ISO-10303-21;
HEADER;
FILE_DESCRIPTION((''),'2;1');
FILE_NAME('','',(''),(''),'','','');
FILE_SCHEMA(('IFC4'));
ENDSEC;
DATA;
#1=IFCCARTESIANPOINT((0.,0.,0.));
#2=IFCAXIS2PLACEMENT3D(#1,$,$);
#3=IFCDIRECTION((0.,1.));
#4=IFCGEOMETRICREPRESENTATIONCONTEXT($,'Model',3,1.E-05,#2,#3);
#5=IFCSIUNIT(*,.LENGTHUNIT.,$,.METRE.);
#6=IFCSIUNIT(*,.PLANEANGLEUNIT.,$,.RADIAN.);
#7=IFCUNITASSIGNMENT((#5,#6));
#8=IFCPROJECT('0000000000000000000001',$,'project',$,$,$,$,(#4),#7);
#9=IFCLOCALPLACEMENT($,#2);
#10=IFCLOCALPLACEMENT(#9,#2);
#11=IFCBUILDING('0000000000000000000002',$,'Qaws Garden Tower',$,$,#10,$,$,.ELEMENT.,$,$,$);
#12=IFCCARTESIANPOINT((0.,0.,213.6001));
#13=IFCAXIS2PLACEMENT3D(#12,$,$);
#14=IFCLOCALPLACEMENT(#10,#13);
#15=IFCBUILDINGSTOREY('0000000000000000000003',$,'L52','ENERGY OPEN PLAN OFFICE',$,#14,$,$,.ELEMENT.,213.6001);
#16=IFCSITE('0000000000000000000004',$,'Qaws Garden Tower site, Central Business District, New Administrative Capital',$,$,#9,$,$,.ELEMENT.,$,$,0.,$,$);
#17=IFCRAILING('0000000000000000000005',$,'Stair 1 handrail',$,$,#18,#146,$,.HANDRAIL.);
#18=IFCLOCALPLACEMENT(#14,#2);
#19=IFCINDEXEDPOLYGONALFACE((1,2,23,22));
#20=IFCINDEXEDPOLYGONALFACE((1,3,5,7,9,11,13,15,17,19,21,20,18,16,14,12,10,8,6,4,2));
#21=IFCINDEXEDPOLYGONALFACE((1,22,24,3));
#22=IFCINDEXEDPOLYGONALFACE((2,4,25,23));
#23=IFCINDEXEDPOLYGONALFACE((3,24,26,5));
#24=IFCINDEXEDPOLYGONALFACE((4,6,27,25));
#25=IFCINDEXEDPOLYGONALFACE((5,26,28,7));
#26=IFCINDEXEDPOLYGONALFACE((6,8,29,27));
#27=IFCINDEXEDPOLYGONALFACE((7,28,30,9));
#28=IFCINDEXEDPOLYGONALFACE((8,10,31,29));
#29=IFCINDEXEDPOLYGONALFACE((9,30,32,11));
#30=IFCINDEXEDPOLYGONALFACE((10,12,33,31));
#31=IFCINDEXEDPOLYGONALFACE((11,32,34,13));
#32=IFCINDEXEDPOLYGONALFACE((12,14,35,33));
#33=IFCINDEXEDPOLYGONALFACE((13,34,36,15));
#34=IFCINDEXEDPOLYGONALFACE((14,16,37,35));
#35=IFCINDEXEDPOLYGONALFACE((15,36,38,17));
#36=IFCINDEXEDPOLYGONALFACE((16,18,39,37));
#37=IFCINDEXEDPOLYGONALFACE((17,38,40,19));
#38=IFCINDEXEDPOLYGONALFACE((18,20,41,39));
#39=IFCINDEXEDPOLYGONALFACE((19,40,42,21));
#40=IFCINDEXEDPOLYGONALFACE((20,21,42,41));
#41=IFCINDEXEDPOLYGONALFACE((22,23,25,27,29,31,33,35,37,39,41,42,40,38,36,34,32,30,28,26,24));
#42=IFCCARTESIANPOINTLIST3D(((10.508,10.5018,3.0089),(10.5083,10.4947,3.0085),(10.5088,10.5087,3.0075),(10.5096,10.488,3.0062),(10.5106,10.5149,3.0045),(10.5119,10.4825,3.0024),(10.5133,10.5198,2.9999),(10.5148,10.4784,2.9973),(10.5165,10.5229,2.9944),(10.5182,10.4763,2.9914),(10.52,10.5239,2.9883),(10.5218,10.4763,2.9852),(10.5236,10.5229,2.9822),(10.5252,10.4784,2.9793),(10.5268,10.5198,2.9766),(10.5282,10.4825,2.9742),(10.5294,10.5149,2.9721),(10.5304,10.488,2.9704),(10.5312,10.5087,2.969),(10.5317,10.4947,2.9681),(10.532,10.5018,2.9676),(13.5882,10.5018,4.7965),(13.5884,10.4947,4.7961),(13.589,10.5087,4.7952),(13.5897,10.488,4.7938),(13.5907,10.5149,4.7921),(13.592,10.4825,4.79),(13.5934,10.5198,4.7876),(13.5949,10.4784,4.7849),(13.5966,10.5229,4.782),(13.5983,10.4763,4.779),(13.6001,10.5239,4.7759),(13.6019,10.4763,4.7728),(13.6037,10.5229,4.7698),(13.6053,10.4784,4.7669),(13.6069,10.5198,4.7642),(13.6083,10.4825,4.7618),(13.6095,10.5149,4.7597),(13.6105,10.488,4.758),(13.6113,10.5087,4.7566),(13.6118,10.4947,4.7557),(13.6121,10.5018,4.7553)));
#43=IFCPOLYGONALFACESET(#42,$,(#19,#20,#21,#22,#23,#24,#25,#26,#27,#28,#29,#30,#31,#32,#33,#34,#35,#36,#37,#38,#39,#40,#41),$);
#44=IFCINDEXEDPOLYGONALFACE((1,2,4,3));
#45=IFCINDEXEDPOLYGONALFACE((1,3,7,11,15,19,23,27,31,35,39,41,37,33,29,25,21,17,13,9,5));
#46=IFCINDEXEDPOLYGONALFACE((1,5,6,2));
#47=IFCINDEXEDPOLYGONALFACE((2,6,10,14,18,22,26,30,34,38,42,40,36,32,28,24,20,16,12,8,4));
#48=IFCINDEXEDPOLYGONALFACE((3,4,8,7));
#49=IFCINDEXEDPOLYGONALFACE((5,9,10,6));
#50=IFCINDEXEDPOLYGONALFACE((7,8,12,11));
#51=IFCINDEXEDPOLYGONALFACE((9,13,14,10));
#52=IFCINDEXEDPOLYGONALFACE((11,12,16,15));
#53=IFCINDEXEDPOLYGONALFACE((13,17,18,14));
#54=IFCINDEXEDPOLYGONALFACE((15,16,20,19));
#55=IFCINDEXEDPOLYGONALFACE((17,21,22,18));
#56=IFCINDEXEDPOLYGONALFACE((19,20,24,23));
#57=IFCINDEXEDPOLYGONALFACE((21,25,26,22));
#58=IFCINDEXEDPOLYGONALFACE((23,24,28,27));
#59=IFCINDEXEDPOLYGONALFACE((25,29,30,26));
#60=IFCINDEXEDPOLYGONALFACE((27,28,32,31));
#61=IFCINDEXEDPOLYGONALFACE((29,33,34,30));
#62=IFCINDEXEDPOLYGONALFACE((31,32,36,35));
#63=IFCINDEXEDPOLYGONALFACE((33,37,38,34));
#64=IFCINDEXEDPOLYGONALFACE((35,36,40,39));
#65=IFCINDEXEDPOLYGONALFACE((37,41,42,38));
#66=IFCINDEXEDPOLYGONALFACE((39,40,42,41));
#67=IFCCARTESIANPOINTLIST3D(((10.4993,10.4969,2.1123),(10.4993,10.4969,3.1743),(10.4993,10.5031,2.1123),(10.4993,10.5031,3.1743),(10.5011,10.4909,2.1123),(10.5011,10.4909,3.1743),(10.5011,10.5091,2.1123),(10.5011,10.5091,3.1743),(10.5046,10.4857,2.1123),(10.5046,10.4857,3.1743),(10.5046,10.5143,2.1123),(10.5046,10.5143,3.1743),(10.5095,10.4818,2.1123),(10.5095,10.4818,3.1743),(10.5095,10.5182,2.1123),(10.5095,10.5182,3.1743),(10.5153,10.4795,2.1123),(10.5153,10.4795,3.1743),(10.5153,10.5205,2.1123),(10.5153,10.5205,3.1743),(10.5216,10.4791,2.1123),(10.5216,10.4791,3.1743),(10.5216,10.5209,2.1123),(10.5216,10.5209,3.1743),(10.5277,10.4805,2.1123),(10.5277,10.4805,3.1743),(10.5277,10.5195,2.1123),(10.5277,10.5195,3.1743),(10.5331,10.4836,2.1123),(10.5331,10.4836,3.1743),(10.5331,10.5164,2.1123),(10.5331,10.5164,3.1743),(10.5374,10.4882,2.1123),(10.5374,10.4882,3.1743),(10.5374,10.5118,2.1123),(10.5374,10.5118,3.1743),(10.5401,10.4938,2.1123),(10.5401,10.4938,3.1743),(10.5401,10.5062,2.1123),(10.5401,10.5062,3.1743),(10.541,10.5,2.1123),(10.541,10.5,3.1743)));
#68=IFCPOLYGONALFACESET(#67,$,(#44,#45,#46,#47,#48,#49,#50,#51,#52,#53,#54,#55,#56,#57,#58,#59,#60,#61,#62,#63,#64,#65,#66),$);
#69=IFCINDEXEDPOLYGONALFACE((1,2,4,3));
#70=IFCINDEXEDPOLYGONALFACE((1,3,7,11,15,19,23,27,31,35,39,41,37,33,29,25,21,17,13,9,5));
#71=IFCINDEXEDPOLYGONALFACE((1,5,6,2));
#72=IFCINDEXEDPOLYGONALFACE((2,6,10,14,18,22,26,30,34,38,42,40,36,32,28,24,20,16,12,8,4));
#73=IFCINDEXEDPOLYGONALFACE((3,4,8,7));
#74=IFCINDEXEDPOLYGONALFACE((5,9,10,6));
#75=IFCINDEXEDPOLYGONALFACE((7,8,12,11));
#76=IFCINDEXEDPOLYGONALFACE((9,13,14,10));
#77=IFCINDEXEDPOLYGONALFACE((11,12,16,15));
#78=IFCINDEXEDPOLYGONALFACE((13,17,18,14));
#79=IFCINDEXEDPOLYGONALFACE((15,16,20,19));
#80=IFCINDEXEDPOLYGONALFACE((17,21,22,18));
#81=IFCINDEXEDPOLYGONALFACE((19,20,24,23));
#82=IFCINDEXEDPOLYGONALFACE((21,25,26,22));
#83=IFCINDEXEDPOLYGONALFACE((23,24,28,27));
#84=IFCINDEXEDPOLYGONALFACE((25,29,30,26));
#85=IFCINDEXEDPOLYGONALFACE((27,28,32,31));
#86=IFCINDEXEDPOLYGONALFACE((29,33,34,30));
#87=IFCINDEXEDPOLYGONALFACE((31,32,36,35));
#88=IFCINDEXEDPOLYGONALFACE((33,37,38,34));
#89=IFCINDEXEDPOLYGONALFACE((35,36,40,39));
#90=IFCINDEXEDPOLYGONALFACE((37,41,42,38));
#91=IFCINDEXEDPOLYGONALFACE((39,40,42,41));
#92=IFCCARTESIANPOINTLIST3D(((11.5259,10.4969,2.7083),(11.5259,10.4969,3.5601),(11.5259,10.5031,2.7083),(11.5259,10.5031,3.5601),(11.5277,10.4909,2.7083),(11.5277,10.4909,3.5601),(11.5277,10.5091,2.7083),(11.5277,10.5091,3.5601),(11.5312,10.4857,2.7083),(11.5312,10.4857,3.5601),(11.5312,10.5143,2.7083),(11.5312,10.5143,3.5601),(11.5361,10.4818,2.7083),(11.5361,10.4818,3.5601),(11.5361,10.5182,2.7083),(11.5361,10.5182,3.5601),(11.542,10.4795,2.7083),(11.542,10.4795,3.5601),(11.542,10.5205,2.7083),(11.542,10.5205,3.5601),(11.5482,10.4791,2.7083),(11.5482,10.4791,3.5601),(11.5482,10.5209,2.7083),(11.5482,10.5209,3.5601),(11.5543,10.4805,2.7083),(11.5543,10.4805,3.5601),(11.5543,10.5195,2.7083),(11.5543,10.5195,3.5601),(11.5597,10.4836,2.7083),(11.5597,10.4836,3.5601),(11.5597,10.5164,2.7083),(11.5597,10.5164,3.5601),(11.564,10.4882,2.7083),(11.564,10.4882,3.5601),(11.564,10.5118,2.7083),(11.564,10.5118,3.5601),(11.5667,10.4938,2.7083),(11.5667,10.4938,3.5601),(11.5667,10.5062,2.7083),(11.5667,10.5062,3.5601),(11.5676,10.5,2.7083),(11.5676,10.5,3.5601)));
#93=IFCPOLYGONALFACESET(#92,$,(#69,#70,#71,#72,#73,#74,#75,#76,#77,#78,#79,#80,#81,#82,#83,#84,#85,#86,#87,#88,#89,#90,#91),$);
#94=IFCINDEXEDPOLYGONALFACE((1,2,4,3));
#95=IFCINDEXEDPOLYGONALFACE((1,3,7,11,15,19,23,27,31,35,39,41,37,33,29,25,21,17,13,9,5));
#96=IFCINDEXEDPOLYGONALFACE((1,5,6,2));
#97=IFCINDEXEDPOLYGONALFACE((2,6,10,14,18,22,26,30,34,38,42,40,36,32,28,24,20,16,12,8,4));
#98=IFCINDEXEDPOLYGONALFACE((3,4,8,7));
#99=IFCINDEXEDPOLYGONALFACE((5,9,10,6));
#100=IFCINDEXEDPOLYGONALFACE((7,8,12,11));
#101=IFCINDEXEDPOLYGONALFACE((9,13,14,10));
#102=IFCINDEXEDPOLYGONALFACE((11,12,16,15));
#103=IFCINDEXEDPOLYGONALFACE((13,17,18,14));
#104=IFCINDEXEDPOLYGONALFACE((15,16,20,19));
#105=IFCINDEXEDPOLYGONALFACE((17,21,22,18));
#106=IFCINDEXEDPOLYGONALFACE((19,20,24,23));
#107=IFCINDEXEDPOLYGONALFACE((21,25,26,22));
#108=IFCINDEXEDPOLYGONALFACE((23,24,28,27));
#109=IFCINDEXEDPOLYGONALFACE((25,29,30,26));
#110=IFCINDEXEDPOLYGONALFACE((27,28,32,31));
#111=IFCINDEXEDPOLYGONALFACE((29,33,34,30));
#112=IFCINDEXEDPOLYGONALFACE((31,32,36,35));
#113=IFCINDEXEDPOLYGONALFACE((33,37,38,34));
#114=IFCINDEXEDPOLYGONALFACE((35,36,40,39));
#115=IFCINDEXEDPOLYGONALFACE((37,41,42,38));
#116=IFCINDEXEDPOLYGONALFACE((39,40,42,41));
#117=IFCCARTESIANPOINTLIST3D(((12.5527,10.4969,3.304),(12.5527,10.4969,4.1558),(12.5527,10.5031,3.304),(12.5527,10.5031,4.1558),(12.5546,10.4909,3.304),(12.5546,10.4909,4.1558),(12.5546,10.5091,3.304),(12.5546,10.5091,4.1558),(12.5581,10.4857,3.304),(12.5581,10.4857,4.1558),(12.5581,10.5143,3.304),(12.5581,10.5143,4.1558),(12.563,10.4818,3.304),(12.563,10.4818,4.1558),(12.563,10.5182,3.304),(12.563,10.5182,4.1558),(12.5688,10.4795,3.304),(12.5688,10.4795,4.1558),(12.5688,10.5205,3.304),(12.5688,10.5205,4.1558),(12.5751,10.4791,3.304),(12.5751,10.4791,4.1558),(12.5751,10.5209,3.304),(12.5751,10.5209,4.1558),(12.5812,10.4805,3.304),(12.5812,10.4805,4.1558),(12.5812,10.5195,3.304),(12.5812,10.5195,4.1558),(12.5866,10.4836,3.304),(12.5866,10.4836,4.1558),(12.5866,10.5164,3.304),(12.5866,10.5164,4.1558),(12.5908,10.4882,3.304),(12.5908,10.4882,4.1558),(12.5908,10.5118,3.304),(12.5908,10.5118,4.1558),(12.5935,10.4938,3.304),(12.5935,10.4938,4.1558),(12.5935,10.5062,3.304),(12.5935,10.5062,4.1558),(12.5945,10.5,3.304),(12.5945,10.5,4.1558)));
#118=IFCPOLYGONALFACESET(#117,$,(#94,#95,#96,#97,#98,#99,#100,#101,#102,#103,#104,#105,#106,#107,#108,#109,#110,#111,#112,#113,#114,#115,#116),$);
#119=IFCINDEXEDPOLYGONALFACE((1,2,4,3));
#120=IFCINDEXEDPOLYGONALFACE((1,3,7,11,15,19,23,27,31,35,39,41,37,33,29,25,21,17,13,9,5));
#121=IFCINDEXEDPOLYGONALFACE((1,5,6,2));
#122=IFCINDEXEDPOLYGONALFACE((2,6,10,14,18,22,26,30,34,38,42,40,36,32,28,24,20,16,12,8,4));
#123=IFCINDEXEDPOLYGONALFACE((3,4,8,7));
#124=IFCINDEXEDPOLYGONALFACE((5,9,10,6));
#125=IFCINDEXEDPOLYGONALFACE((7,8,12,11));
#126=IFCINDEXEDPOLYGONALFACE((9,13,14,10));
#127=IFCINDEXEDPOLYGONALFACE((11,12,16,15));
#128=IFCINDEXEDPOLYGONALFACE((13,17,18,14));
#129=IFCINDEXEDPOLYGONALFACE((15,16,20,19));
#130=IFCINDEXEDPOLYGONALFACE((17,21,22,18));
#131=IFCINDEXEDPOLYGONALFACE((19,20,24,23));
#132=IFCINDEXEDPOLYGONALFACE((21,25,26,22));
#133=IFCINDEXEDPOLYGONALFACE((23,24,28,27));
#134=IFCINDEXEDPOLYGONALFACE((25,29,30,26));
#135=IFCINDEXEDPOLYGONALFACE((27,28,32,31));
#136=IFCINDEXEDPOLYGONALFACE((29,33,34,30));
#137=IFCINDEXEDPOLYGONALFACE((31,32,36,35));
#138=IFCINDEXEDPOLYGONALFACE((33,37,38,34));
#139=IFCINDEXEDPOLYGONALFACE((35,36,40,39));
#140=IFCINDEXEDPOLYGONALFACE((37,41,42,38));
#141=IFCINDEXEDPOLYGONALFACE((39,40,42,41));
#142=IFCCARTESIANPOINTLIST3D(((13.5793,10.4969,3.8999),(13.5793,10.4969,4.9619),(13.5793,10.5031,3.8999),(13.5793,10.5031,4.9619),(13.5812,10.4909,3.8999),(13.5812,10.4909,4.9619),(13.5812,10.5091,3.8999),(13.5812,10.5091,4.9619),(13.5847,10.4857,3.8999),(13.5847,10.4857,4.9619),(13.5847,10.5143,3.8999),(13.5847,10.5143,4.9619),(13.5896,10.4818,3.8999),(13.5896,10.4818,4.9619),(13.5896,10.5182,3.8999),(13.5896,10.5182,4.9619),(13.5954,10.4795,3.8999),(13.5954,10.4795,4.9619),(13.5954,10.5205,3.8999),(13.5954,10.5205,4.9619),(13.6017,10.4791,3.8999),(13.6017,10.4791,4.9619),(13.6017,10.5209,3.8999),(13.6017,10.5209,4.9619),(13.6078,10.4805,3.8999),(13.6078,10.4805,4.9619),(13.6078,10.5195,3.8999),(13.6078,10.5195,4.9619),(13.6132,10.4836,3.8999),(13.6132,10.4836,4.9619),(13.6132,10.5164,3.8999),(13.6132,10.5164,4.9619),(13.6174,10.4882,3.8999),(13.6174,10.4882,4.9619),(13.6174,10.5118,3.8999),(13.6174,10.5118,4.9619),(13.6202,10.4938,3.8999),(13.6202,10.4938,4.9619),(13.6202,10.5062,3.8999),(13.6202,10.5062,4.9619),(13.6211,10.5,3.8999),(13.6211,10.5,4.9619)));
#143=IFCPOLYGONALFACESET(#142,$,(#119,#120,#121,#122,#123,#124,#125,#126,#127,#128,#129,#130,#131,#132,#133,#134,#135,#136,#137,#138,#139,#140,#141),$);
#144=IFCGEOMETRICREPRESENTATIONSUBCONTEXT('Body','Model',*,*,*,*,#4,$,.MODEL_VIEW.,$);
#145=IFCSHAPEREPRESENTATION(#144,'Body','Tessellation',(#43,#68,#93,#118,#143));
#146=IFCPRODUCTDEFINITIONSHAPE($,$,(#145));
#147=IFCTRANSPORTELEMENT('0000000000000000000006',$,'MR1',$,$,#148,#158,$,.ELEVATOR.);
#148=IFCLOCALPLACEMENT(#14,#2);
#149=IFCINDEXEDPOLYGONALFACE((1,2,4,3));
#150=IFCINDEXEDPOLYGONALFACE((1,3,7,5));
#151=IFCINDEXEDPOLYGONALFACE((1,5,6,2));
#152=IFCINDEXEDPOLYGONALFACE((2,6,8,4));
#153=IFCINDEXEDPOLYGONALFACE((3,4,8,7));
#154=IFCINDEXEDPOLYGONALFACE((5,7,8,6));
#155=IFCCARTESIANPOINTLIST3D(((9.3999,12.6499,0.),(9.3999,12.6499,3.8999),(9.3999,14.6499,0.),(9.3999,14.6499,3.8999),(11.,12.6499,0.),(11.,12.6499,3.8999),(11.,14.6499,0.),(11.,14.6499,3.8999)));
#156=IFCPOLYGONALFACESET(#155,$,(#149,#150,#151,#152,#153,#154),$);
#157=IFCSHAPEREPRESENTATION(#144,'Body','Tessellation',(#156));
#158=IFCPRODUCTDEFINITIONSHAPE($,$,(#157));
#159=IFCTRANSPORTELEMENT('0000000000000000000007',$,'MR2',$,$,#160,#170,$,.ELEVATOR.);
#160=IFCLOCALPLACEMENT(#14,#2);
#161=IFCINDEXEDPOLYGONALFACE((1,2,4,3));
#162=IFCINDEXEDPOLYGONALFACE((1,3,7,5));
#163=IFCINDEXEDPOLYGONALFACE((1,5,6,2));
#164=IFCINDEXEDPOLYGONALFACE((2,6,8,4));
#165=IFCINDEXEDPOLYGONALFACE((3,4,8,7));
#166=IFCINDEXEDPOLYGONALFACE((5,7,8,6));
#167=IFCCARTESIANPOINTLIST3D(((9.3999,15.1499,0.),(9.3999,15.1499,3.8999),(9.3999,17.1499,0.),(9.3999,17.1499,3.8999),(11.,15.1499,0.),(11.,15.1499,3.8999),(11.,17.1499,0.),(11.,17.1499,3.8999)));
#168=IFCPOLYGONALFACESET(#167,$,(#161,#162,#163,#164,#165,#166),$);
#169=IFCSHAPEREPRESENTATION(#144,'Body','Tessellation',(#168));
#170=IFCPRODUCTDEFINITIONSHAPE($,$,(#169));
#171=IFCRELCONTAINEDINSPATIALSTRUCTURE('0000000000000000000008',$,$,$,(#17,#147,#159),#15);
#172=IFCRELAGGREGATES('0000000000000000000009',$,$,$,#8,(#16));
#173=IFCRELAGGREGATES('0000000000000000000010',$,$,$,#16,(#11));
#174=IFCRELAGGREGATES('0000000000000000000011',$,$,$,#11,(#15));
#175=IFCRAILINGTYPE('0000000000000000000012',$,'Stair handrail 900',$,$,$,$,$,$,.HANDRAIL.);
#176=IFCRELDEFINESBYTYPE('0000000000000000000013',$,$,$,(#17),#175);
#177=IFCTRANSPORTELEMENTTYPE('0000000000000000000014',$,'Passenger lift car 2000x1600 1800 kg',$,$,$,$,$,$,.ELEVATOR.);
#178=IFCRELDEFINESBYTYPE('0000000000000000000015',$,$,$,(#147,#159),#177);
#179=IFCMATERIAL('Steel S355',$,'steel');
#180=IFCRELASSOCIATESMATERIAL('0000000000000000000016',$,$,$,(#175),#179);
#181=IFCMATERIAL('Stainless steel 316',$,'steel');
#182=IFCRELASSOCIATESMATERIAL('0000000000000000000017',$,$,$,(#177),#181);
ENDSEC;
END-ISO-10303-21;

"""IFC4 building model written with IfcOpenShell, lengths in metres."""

from ifc_helpers import new_model, si_unit, direction, frame, origin, origin_2d, place, context, subcontext, project, spatial, rectangle, circle, extrude, material, type_object, element, save


model = new_model("IFC4")

# Units and contexts
model_context = context("Model", 3, precision=1e-05, world=origin(), true_north=direction((0.0, 1.0)))
body_context = subcontext(model_context, "Body", "Model", "MODEL_VIEW")
ifc_project = project(units=[si_unit("LENGTHUNIT", "METRE"), si_unit("PLANEANGLEUNIT", "RADIAN")], contexts=[model_context])

# Site, building, storey
site_placement = place(None, origin())
site = spatial("IfcSite", under=ifc_project, at=site_placement, Name="Qaws Garden Tower site, Central Business District, New Administrative Capital", CompositionType="ELEMENT", RefElevation=0.0)
building_placement = place(site_placement, origin())
building = spatial("IfcBuilding", under=site, at=building_placement, Name="Qaws Garden Tower", CompositionType="ELEMENT")
storey_placement = place(building_placement, frame((0.0, 0.0, 213.6001)))
storey = spatial("IfcBuildingStorey", under=building, at=storey_placement, Name="L52", Description="ENERGY OPEN PLAN OFFICE", CompositionType="ELEMENT", Elevation=213.6001)

# Railing
ifc_material_1 = material(Name="Steel S355", Category="steel")
railing_type = type_object("IfcRailingType", Name="Stair handrail 900", PredefinedType="HANDRAIL", material=ifc_material_1)
railing_1_placement = place(storey_placement, frame((10.52, 10.5, 2.1123)))
element("IfcRailing", 1, at=railing_1_placement, inside=storey, type_object=railing_type, Name="Stair 1 handrail", PredefinedType="HANDRAIL", context=body_context, shape_type="SweptSolid", body=[
    extrude(circle(Radius=0.0239, at=origin_2d()), frame((0.0, 0.0, 0.876), z_axis=(0.864891, 0.0, 0.50196), x_axis=(0.0, 1.0, 0.0)), (0.0, 0.0, 1.0), 3.5613),
    extrude(circle(Radius=0.021, at=origin_2d()), origin(), (0.0, 0.0, 1.0), 1.062),
    extrude(circle(Radius=0.021, at=origin_2d()), frame((1.0266, 0.0, 0.5959)), (0.0, 0.0, 1.0), 0.8518),
    extrude(circle(Radius=0.021, at=origin_2d()), frame((2.0535, 0.0, 1.1917)), (0.0, 0.0, 1.0), 0.8518),
    extrude(circle(Radius=0.021, at=origin_2d()), frame((3.0801, 0.0, 1.7876)), (0.0, 0.0, 1.0), 1.062),
])

# Transport elements
ifc_material_2 = material(Name="Stainless steel 316", Category="steel")
transport_element_type = type_object("IfcTransportElementType", Name="Passenger lift car 2000x1600 1800 kg", PredefinedType="ELEVATOR", material=ifc_material_2)
for number, where, z_axis, x_axis, name in (
    (2, (10.2, 13.6499, 0.0), (0.0, 0.0, 1.0), (1.0, 0.0, 0.0), "MR1"),
    (3, (10.2, 16.1499, 0.0), (0.0, 0.0, 1.0), (1.0, 0.0, 0.0), "MR2"),
):
    element("IfcTransportElement", number, at=place(storey_placement, frame(where, z_axis=z_axis, x_axis=x_axis)), inside=storey, type_object=transport_element_type, Name=name, PredefinedType="ELEVATOR", context=body_context, shape_type="SweptSolid", body=[
        extrude(rectangle(XDim=1.6001, YDim=2.0, at=origin_2d()), origin(), (0.0, 0.0, 1.0), 3.8999),
    ])

save(model, "model.ifc")
